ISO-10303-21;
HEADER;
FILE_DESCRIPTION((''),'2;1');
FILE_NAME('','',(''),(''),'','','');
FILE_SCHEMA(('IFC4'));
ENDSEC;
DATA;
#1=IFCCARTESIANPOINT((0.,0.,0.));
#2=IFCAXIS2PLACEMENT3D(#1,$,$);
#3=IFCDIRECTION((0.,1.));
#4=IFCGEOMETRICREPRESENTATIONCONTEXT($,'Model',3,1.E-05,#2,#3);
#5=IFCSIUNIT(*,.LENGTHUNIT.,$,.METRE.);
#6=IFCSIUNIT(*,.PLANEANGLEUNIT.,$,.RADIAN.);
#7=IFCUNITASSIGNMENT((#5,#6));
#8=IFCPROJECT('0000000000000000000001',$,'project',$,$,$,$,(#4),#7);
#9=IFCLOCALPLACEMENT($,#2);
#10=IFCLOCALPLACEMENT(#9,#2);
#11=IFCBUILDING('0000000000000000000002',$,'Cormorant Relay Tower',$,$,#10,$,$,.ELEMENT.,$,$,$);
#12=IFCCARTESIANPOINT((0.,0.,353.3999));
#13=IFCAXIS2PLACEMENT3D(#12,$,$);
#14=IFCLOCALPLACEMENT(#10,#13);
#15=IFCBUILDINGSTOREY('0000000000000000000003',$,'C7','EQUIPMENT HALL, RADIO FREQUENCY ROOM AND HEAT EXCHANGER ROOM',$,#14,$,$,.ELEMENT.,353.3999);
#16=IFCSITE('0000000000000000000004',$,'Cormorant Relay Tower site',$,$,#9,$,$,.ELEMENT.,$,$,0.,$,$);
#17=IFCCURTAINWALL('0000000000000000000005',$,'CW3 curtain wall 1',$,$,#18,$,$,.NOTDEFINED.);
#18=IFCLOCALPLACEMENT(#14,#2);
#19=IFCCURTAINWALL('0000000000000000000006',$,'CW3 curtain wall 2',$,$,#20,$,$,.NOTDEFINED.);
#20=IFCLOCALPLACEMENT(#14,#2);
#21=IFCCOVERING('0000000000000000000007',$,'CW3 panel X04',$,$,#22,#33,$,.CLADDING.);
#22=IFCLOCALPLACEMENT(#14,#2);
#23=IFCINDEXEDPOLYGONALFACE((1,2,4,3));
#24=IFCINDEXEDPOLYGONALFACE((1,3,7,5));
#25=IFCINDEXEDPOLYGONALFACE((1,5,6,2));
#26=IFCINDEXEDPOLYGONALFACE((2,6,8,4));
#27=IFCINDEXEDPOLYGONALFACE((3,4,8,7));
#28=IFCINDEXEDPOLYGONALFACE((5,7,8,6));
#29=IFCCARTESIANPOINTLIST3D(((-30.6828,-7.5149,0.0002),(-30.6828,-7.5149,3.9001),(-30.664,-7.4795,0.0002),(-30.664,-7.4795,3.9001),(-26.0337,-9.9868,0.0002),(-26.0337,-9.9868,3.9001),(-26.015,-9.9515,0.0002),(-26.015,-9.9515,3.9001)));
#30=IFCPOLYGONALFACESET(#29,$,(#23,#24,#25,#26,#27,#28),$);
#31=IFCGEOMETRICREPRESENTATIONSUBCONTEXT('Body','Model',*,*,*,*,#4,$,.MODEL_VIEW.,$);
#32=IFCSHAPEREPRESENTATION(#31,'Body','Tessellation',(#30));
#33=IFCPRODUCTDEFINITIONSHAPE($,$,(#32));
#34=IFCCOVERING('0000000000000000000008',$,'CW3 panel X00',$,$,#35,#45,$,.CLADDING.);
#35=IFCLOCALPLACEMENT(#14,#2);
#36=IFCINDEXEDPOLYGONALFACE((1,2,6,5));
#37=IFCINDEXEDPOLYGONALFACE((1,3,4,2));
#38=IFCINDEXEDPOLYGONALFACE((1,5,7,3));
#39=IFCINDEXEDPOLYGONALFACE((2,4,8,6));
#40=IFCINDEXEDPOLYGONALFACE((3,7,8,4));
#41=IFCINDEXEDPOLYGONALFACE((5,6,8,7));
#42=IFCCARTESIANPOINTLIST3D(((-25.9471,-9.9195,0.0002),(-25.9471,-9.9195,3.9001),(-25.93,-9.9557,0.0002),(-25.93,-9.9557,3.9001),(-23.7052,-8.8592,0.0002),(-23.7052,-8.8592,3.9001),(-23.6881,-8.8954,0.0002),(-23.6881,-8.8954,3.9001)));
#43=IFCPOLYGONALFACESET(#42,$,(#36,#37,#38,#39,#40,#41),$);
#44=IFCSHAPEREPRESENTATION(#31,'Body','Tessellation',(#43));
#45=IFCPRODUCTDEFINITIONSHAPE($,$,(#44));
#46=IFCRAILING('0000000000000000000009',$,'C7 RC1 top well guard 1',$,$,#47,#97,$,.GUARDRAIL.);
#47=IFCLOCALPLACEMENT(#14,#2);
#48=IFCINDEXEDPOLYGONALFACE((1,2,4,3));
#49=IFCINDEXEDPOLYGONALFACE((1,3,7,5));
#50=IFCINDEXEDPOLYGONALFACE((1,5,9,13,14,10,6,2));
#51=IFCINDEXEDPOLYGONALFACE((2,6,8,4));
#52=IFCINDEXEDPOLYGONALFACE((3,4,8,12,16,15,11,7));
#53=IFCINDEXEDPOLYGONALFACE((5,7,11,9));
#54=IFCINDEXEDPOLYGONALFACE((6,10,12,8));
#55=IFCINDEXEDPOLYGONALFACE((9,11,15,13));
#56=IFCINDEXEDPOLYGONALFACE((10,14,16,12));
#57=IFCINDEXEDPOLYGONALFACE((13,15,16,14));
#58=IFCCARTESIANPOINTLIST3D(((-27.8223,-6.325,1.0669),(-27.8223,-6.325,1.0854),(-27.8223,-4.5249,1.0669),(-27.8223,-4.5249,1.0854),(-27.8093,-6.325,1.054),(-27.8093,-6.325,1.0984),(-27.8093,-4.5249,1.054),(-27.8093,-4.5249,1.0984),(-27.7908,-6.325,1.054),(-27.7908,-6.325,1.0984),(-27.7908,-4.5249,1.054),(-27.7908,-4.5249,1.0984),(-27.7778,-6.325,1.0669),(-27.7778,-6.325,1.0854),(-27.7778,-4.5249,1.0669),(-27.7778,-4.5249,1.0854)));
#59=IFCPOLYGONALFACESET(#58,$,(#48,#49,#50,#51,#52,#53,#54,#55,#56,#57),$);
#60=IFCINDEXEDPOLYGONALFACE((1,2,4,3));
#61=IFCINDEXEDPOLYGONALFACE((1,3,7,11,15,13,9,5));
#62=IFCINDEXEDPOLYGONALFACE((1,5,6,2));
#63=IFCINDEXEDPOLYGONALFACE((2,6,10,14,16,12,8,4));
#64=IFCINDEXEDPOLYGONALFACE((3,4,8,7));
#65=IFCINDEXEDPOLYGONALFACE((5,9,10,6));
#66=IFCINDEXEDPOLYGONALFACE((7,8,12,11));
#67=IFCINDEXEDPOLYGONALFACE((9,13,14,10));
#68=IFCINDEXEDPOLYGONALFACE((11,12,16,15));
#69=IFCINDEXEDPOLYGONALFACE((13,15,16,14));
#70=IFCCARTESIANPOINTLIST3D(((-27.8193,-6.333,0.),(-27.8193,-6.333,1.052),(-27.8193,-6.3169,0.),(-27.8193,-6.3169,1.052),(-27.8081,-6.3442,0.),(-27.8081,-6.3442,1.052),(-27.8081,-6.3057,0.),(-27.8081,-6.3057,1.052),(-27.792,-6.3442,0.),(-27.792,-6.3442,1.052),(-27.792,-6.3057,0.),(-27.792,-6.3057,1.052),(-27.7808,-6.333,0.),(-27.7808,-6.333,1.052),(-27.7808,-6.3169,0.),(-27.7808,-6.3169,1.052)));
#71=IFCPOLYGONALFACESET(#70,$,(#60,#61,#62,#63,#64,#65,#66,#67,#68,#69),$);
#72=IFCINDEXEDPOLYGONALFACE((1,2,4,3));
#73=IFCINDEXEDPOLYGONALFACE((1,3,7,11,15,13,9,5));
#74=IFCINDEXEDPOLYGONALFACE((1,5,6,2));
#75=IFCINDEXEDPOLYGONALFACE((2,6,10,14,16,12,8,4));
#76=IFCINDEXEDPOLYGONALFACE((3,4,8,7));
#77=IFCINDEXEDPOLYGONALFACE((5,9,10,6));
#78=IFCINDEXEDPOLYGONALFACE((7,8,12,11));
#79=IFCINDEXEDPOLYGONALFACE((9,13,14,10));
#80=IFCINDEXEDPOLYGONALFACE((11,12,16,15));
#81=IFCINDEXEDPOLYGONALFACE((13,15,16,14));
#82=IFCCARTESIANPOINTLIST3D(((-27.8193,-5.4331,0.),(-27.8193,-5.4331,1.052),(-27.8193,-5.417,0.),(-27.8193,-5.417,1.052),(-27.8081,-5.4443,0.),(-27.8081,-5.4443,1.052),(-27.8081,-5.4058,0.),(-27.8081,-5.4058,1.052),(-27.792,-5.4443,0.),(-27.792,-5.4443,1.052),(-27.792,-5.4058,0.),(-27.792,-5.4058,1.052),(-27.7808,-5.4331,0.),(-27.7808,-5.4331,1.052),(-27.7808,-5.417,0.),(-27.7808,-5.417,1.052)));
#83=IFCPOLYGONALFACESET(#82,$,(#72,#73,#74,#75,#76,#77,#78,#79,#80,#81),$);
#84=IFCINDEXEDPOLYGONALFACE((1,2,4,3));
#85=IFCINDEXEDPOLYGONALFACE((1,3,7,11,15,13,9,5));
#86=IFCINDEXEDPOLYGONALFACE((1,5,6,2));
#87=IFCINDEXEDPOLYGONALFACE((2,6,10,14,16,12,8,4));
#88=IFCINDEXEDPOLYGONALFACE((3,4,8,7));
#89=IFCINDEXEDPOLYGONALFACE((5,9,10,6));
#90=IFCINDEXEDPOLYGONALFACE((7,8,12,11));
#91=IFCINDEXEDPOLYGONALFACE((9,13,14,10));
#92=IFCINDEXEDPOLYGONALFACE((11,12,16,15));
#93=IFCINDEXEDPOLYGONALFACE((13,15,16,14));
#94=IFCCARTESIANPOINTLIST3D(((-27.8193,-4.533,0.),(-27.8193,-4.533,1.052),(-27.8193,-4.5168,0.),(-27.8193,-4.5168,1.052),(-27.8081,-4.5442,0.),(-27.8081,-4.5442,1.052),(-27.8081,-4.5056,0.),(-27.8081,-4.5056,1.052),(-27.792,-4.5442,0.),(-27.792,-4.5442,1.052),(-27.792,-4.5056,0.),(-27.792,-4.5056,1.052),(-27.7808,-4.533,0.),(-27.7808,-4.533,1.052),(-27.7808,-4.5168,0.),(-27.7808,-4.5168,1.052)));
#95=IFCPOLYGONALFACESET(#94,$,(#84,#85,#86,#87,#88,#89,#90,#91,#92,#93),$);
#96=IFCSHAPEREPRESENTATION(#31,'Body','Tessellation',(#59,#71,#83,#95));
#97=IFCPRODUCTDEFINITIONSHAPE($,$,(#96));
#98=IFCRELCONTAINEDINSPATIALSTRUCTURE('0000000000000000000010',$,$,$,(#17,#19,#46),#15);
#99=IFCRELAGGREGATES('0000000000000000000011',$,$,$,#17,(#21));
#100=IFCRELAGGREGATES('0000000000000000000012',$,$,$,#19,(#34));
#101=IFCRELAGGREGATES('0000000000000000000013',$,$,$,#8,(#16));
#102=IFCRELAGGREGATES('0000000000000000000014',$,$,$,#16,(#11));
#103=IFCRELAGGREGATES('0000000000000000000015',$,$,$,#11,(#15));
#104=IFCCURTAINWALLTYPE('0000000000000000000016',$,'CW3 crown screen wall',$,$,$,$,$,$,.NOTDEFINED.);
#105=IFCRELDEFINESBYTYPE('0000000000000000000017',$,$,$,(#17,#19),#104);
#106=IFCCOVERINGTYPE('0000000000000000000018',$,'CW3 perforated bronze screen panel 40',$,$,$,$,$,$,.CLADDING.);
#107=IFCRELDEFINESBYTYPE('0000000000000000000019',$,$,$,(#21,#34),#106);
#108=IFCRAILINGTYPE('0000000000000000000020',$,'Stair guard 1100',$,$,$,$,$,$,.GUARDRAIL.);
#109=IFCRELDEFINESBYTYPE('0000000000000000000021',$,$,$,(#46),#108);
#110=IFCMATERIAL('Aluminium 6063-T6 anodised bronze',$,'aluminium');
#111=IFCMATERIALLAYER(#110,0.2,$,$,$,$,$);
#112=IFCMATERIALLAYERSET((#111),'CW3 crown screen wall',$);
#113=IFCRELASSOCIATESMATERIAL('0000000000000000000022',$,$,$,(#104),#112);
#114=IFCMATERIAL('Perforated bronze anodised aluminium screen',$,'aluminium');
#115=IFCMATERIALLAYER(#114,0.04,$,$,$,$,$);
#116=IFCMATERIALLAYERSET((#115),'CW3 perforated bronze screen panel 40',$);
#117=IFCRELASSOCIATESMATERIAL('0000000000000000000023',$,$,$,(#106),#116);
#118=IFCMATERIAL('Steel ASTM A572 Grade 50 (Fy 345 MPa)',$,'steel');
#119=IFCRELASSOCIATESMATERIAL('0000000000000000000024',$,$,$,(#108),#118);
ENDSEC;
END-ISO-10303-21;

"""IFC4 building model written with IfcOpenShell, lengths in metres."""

from ifc_helpers import new_model, si_unit, direction, frame, origin, origin_2d, place, context, subcontext, project, spatial, polyline, rectangle, outline, extrude, material, layer, layer_set, type_object, element, aggregate, save


model = new_model("IFC4")

# Units and contexts
model_context = context("Model", 3, precision=1e-05, world=origin(), true_north=direction((0.0, 1.0)))
body_context = subcontext(model_context, "Body", "Model", "MODEL_VIEW")
ifc_project = project(units=[si_unit("LENGTHUNIT", "METRE"), si_unit("PLANEANGLEUNIT", "RADIAN")], contexts=[model_context])

# Site, building, storey
site_placement = place(None, origin())
site = spatial("IfcSite", under=ifc_project, at=site_placement, Name="Cormorant Relay Tower site", CompositionType="ELEMENT", RefElevation=0.0)
building_placement = place(site_placement, origin())
building = spatial("IfcBuilding", under=site, at=building_placement, Name="Cormorant Relay Tower", CompositionType="ELEMENT")
storey_placement = place(building_placement, frame((0.0, 0.0, 353.3999)))
storey = spatial("IfcBuildingStorey", under=building, at=storey_placement, Name="C7", Description="EQUIPMENT HALL, RADIO FREQUENCY ROOM AND HEAT EXCHANGER ROOM", CompositionType="ELEMENT", Elevation=353.3999)

# Curtain walls
ifc_material_1 = material(Name="Aluminium 6063-T6 anodised bronze", Category="aluminium")
ifc_layer_1 = layer(ifc_material_1, 0.2)
ifc_layer_set_1 = layer_set([ifc_layer_1], Name="CW3 crown screen wall")
curtain_wall_type = type_object("IfcCurtainWallType", Name="CW3 crown screen wall", PredefinedType="NOTDEFINED", material=ifc_layer_set_1)
curtain_wall_1_placement = place(storey_placement, origin())
curtain_wall_1 = element("IfcCurtainWall", 1, at=curtain_wall_1_placement, inside=storey, type_object=curtain_wall_type, Name="CW3 curtain wall 1", PredefinedType="NOTDEFINED")
curtain_wall_2_placement = place(storey_placement, origin())
curtain_wall_2 = element("IfcCurtainWall", 2, at=curtain_wall_2_placement, inside=storey, type_object=curtain_wall_type, Name="CW3 curtain wall 2", PredefinedType="NOTDEFINED")

# Coverings
ifc_material_2 = material(Name="Perforated bronze anodised aluminium screen", Category="aluminium")
ifc_layer_2 = layer(ifc_material_2, 0.04)
ifc_layer_set_2 = layer_set([ifc_layer_2], Name="CW3 perforated bronze screen panel 40")
covering_type = type_object("IfcCoveringType", Name="CW3 perforated bronze screen panel 40", PredefinedType="CLADDING", material=ifc_layer_set_2)
covering_1_placement = place(storey_placement, frame((-28.3489, -8.7332, 0.0002), z_axis=(0.0, 0.0, 1.0), x_axis=(0.882948, -0.469472, 0.0)))
covering_1 = element("IfcCovering", 3, at=covering_1_placement, type_object=covering_type, Name="CW3 panel X04", PredefinedType="CLADDING", context=body_context, shape_type="SweptSolid", body=[
    extrude(rectangle(XDim=5.2654, YDim=0.04, at=origin_2d()), origin(), (0.0, 0.0, 1.0), 3.8999),
])
aggregate(curtain_wall_1, [covering_1])
covering_2_placement = place(storey_placement, frame((-24.8176, -9.4075, 0.0002), z_axis=(0.0, 0.0, 1.0), x_axis=(0.903989, 0.427555, 0.0)))
covering_2 = element("IfcCovering", 4, at=covering_2_placement, type_object=covering_type, Name="CW3 panel X00", PredefinedType="CLADDING", context=body_context, shape_type="SweptSolid", body=[
    extrude(rectangle(XDim=2.48, YDim=0.04, at=origin_2d()), origin(), (0.0, 0.0, 1.0), 3.8999),
])
aggregate(curtain_wall_2, [covering_2])

# Railing
ifc_material_3 = material(Name="Steel ASTM A572 Grade 50 (Fy 345 MPa)", Category="steel")
railing_type = type_object("IfcRailingType", Name="Stair guard 1100", PredefinedType="GUARDRAIL", material=ifc_material_3)
railing_placement = place(storey_placement, frame((-27.8, -6.325, 0.0)))
element("IfcRailing", 5, at=railing_placement, inside=storey, type_object=railing_type, Name="C7 RC1 top well guard 1", PredefinedType="GUARDRAIL", context=body_context, shape_type="SweptSolid", body=[
    extrude(outline(polyline([(0.0222, 0.0093), (0.0093, 0.0222), (-0.0093, 0.0222), (-0.0222, 0.0093), (-0.0222, -0.0093), (-0.0093, -0.0222), (0.0093, -0.0222), (0.0222, -0.0093), (0.0222, 0.0093)])), frame((0.0, 0.0, 1.0762), z_axis=(0.0, 1.0, 0.0), x_axis=(-1.0, 0.0, 0.0)), (0.0, 0.0, 1.0), 1.8),
    extrude(outline(polyline([(0.0193, 0.0081), (0.0081, 0.0193), (-0.0081, 0.0193), (-0.0193, 0.0081), (-0.0193, -0.0081), (-0.0081, -0.0193), (0.0081, -0.0193), (0.0193, -0.0081), (0.0193, 0.0081)])), origin(), (0.0, 0.0, 1.0), 1.052),
    extrude(outline(polyline([(0.0193, 0.0081), (0.0081, 0.0193), (-0.0081, 0.0193), (-0.0193, 0.0081), (-0.0193, -0.0081), (-0.0081, -0.0193), (0.0081, -0.0193), (0.0193, -0.0081), (0.0193, 0.0081)])), frame((0.0, 0.8999, 0.0)), (0.0, 0.0, 1.0), 1.052),
    extrude(outline(polyline([(0.0193, 0.0081), (0.0081, 0.0193), (-0.0081, 0.0193), (-0.0193, 0.0081), (-0.0193, -0.0081), (-0.0081, -0.0193), (0.0081, -0.0193), (0.0193, -0.0081), (0.0193, 0.0081)])), frame((0.0, 1.8, 0.0)), (0.0, 0.0, 1.0), 1.052),
])

save(model, "model.ifc")
